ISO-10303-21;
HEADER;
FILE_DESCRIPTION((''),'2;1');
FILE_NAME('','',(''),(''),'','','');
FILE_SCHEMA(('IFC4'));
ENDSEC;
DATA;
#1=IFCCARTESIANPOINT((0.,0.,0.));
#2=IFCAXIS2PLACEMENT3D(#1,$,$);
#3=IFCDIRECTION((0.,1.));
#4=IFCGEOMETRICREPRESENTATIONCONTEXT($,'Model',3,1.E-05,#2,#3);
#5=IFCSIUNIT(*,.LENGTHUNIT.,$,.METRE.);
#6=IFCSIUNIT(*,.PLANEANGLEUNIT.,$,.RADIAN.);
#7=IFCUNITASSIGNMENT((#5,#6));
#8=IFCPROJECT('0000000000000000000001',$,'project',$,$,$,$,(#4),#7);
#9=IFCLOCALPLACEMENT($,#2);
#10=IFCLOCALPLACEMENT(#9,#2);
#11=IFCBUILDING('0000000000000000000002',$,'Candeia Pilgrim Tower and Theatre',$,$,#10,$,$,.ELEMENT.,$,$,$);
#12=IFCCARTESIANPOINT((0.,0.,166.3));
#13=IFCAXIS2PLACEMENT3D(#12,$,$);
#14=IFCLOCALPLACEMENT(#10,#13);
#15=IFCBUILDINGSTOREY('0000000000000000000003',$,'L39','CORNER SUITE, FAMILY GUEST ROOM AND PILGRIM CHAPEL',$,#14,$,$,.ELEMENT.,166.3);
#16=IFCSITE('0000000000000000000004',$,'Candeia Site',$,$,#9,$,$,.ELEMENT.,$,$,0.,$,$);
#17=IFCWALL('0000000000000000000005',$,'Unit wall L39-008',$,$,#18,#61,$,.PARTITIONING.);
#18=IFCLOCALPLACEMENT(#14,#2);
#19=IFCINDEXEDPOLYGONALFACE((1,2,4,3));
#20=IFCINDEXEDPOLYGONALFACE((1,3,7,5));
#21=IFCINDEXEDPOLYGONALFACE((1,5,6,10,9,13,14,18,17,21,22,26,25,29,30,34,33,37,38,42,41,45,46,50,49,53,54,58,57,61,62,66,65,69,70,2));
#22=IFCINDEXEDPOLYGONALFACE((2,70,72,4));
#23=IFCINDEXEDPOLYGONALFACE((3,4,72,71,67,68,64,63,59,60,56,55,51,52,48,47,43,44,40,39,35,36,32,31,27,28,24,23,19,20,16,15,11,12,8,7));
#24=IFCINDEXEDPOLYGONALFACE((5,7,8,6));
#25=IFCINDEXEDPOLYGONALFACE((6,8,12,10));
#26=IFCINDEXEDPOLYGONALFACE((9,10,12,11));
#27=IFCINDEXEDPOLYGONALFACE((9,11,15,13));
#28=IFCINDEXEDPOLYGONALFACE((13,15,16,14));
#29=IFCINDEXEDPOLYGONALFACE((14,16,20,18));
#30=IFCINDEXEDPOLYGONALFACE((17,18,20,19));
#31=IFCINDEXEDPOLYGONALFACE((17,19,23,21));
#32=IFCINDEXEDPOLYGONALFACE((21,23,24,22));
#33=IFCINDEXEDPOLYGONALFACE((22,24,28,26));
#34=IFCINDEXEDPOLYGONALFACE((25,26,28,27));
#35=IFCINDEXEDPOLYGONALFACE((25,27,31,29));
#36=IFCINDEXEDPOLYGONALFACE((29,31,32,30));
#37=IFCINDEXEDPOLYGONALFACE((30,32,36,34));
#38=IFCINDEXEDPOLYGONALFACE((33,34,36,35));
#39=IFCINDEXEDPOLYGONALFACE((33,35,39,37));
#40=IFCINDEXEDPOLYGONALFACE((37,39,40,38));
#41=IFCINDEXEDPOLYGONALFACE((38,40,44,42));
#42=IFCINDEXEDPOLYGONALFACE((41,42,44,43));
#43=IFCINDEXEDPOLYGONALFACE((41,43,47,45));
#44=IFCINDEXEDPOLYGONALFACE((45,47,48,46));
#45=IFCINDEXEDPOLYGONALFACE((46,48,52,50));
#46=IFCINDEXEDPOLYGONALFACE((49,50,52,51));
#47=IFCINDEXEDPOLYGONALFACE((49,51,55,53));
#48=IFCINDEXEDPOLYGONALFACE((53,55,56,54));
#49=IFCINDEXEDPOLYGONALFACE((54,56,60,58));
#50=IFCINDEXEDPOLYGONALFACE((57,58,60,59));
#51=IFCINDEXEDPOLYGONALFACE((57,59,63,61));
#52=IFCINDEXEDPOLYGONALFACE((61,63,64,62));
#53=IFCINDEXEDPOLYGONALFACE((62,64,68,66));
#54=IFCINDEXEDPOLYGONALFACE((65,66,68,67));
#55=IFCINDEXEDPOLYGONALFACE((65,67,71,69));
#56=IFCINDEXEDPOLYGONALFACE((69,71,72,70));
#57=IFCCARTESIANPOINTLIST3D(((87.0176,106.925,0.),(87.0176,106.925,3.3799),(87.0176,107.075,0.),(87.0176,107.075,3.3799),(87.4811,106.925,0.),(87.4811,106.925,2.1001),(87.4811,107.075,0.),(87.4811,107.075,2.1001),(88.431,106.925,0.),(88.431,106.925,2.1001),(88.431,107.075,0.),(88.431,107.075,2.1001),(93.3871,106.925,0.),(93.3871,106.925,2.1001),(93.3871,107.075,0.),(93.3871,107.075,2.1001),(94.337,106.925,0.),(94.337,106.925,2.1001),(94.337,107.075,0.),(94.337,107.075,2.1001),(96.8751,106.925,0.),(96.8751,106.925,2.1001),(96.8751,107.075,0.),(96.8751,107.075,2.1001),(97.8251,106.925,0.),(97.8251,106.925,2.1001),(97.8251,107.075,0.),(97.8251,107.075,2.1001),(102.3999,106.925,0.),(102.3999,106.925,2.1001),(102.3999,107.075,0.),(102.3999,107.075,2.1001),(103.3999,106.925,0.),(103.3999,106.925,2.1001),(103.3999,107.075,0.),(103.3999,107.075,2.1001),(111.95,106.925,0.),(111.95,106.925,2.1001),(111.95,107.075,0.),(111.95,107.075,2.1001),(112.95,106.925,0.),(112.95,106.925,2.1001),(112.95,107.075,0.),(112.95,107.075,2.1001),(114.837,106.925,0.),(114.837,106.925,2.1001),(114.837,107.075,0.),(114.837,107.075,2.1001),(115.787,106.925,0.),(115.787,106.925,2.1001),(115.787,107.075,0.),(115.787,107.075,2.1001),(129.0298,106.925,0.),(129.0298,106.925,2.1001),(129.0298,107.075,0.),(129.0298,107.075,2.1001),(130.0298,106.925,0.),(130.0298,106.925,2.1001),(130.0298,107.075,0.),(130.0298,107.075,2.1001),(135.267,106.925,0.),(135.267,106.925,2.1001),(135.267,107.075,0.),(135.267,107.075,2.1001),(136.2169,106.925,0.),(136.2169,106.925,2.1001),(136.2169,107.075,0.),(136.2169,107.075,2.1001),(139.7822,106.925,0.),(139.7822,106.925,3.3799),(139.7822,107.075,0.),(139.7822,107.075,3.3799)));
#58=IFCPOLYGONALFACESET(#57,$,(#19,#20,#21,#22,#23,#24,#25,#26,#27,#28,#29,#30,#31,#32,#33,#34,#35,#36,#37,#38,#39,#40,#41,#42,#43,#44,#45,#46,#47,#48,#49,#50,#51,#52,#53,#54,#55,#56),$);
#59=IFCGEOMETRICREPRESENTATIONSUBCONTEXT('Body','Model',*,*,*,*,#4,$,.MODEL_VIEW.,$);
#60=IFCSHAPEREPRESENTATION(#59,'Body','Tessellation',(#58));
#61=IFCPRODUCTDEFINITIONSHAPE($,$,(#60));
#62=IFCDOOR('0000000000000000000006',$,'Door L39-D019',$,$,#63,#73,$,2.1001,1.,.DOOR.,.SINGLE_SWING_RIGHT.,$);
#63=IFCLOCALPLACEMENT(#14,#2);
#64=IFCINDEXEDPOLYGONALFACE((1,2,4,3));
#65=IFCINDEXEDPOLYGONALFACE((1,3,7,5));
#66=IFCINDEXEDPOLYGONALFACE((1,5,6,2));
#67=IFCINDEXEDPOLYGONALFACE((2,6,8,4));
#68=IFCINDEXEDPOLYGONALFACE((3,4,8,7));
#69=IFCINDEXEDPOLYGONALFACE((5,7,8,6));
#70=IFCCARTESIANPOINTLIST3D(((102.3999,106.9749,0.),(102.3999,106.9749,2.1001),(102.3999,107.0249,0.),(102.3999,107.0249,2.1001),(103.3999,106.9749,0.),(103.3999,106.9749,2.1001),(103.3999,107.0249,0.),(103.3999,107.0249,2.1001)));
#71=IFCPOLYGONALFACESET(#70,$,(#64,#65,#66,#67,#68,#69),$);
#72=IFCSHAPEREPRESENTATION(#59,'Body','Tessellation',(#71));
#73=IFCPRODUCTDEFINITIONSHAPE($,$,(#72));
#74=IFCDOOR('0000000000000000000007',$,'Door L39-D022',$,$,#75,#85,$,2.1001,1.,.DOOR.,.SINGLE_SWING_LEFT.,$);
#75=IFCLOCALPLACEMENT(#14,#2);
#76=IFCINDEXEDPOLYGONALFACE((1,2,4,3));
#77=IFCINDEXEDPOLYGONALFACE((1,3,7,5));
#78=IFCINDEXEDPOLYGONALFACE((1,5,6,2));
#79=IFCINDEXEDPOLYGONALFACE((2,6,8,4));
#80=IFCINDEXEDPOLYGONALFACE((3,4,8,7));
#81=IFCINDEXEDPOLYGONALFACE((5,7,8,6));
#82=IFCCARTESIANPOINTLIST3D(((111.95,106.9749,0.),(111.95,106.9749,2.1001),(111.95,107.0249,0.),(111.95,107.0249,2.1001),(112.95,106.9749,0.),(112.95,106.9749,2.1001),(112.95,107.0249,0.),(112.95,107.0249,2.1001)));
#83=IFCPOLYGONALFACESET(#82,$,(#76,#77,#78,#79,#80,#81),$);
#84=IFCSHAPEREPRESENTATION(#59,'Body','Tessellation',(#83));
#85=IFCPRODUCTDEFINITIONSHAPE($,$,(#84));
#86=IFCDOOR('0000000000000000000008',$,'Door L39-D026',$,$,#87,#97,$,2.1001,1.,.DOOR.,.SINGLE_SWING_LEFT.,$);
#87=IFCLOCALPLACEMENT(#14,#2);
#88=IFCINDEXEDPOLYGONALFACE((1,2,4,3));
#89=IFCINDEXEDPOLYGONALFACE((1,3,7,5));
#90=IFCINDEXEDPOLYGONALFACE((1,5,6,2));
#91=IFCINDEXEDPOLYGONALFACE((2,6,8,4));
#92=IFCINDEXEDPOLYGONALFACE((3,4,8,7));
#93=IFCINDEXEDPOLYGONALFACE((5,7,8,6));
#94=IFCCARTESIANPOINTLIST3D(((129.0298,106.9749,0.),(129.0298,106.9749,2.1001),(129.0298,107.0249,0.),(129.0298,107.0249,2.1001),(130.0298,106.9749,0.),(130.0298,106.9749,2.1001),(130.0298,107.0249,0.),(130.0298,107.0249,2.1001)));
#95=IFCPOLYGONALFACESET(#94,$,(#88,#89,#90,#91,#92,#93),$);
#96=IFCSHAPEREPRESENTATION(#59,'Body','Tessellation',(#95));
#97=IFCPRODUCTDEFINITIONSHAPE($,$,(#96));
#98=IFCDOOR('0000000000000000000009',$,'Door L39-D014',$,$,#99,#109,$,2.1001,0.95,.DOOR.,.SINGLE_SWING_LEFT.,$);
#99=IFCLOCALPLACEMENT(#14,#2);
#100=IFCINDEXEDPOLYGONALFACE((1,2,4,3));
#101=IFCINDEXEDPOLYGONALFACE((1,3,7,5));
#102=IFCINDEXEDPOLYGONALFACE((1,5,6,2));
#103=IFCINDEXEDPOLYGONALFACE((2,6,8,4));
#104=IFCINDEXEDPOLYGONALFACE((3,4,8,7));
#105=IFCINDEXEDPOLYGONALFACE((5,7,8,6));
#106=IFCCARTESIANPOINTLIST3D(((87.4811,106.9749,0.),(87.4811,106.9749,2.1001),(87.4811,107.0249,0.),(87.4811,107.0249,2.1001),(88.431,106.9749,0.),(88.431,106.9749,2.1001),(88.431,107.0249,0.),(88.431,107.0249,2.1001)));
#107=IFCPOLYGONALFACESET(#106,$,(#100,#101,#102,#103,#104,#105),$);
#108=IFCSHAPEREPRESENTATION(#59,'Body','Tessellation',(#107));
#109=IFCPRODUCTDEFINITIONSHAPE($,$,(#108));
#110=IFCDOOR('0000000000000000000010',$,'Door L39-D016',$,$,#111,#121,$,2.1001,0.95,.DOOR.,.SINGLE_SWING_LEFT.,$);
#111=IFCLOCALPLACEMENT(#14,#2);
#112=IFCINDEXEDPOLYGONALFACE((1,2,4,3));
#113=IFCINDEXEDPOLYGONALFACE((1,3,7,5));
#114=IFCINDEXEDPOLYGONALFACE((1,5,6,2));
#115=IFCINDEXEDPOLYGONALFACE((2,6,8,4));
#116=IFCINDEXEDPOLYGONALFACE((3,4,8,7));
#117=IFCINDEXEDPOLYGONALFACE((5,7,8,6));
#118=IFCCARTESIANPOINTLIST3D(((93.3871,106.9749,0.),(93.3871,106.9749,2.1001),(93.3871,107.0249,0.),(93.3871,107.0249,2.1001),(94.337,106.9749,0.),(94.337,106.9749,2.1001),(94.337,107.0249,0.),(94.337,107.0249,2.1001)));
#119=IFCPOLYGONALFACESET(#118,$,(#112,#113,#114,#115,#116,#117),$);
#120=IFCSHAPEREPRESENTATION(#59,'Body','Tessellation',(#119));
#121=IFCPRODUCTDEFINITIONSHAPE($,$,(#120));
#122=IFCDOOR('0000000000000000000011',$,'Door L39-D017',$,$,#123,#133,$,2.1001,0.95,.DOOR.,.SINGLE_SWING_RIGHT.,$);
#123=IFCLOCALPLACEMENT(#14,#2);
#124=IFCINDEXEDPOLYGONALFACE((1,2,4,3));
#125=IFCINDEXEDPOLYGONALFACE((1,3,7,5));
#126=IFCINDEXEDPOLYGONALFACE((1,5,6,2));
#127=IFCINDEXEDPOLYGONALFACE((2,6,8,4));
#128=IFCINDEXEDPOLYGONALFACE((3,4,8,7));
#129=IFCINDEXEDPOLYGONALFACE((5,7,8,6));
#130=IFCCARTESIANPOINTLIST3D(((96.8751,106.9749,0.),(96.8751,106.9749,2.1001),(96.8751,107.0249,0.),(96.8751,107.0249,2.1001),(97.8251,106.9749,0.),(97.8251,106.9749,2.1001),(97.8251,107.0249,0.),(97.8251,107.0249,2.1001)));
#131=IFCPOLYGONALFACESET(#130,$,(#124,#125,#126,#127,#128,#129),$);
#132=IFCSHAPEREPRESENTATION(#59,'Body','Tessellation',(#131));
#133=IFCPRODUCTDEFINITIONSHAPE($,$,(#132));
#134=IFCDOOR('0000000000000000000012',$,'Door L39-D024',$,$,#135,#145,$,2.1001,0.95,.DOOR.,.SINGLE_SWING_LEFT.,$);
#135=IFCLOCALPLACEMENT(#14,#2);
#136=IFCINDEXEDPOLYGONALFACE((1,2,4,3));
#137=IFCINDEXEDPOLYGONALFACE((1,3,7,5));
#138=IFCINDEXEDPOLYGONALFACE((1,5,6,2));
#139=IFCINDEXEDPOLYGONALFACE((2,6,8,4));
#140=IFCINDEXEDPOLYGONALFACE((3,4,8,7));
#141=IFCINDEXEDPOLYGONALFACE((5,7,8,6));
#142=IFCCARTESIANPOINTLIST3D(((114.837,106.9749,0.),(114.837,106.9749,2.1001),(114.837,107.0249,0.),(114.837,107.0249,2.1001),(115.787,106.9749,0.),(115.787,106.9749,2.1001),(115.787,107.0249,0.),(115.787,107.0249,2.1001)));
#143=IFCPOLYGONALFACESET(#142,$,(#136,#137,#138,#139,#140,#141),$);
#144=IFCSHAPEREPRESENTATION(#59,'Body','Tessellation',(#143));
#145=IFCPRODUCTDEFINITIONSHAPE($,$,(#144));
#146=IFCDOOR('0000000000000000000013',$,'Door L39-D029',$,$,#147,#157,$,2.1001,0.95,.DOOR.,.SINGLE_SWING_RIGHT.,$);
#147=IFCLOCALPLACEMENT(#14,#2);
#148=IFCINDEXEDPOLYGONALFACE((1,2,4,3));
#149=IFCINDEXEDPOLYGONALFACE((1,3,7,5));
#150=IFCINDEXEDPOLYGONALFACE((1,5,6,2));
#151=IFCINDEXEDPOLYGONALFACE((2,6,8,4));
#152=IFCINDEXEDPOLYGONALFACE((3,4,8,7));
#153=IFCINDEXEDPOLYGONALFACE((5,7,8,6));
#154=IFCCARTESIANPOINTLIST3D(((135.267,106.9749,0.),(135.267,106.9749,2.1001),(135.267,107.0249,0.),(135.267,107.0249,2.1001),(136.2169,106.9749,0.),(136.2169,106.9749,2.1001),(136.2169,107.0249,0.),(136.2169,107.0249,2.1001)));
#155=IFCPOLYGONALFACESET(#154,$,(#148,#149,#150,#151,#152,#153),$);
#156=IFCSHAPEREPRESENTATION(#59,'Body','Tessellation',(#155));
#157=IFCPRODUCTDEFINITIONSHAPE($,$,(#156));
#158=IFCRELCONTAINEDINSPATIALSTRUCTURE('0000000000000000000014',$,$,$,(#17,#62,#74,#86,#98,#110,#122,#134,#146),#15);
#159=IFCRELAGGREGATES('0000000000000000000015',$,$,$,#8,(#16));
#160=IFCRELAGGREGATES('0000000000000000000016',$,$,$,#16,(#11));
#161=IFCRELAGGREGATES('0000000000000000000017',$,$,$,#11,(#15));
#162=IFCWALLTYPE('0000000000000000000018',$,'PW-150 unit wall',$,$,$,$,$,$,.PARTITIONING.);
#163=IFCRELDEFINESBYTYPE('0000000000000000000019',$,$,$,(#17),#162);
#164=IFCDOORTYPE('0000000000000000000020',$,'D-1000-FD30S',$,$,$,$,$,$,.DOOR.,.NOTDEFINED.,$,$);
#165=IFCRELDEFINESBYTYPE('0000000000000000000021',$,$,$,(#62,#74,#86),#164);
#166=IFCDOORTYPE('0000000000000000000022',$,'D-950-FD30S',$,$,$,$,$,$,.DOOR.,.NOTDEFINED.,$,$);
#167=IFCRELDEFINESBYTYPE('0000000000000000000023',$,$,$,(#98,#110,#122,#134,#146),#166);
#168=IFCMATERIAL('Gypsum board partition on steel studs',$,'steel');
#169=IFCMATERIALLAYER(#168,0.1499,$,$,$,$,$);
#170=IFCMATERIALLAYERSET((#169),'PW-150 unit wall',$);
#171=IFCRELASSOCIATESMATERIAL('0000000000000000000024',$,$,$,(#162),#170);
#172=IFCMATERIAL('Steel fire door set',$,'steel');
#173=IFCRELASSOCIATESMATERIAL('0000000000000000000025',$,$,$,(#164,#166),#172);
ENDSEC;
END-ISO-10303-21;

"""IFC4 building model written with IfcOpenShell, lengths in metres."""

from ifc_helpers import new_model, si_unit, direction, frame, frame_2d, origin, place, context, subcontext, project, spatial, rectangle, extrude, material, layer, layer_set, type_object, element, fill, save


model = new_model("IFC4")

# Units and contexts
model_context = context("Model", 3, precision=1e-05, world=origin(), true_north=direction((0.0, 1.0)))
body_context = subcontext(model_context, "Body", "Model", "MODEL_VIEW")
ifc_project = project(units=[si_unit("LENGTHUNIT", "METRE"), si_unit("PLANEANGLEUNIT", "RADIAN")], contexts=[model_context])

# Site, building, storey
site_placement = place(None, origin())
site = spatial("IfcSite", under=ifc_project, at=site_placement, Name="Candeia Site", CompositionType="ELEMENT", RefElevation=0.0)
building_placement = place(site_placement, origin())
building = spatial("IfcBuilding", under=site, at=building_placement, Name="Candeia Pilgrim Tower and Theatre", CompositionType="ELEMENT")
storey_placement = place(building_placement, frame((0.0, 0.0, 166.3)))
storey = spatial("IfcBuildingStorey", under=building, at=storey_placement, Name="L39", Description="CORNER SUITE, FAMILY GUEST ROOM AND PILGRIM CHAPEL", CompositionType="ELEMENT", Elevation=166.3)

# Shared definitions
ifc_material_1 = material(Name="Gypsum board partition on steel studs", Category="steel")

# Wall, openings, doors
ifc_layer_1 = layer(ifc_material_1, 0.1499)
ifc_layer_set_1 = layer_set([ifc_layer_1], Name="PW-150 unit wall")
wall_type_1 = type_object("IfcWallType", Name="PW-150 unit wall", PredefinedType="PARTITIONING", material=ifc_layer_set_1)
wall_1_placement = place(storey_placement, frame((87.0176, 107.0, 0.0), z_axis=(0.0, 0.0, 1.0), x_axis=(1.0, 0.0, 0.0)))
wall_1 = element("IfcWall", 1, at=wall_1_placement, inside=storey, type_object=wall_type_1, Name="Unit wall L39-008", PredefinedType="PARTITIONING", context=body_context, shape_type="SweptSolid", body=[
    extrude(rectangle(XDim=52.7646, YDim=0.1499, at=frame_2d((26.3823, 0.0))), origin(), (0.0, 0.0, 1.0), 3.3799),
])
opening_1_placement = place(wall_1_placement, frame((0.4634, 0.0, 0.0)))
opening_1 = element("IfcOpeningElement", 2, at=opening_1_placement, cuts=wall_1, PredefinedType="OPENING", context=body_context, shape_type="SweptSolid", body=[
    extrude(rectangle(XDim=0.95, YDim=2.1001, at=frame_2d((0.4751, 1.05))), frame((0.0, 0.085, 0.0), z_axis=(0.0, -1.0, 0.0), x_axis=(1.0, 0.0, 0.0)), (0.0, 0.0, 1.0), 0.1699),
])
opening_2_placement = place(wall_1_placement, frame((6.3694, 0.0, 0.0)))
opening_2 = element("IfcOpeningElement", 3, at=opening_2_placement, cuts=wall_1, PredefinedType="OPENING", context=body_context, shape_type="SweptSolid", body=[
    extrude(rectangle(XDim=0.95, YDim=2.1001, at=frame_2d((0.4751, 1.05))), frame((0.0, 0.085, 0.0), z_axis=(0.0, -1.0, 0.0), x_axis=(1.0, 0.0, 0.0)), (0.0, 0.0, 1.0), 0.1699),
])
opening_3_placement = place(wall_1_placement, frame((9.8574, 0.0, 0.0)))
opening_3 = element("IfcOpeningElement", 4, at=opening_3_placement, cuts=wall_1, PredefinedType="OPENING", context=body_context, shape_type="SweptSolid", body=[
    extrude(rectangle(XDim=0.95, YDim=2.1001, at=frame_2d((0.4751, 1.05))), frame((0.0, 0.085, 0.0), z_axis=(0.0, -1.0, 0.0), x_axis=(1.0, 0.0, 0.0)), (0.0, 0.0, 1.0), 0.1699),
])
opening_4_placement = place(wall_1_placement, frame((15.3823, 0.0, 0.0)))
opening_4 = element("IfcOpeningElement", 5, at=opening_4_placement, cuts=wall_1, PredefinedType="OPENING", context=body_context, shape_type="SweptSolid", body=[
    extrude(rectangle(XDim=1.0, YDim=2.1001, at=frame_2d((0.5, 1.05))), frame((0.0, 0.085, 0.0), z_axis=(0.0, -1.0, 0.0), x_axis=(1.0, 0.0, 0.0)), (0.0, 0.0, 1.0), 0.1699),
])
opening_5_placement = place(wall_1_placement, frame((24.9324, 0.0, 0.0)))
opening_5 = element("IfcOpeningElement", 6, at=opening_5_placement, cuts=wall_1, PredefinedType="OPENING", context=body_context, shape_type="SweptSolid", body=[
    extrude(rectangle(XDim=1.0, YDim=2.1001, at=frame_2d((0.5, 1.05))), frame((0.0, 0.085, 0.0), z_axis=(0.0, -1.0, 0.0), x_axis=(1.0, 0.0, 0.0)), (0.0, 0.0, 1.0), 0.1699),
])
opening_6_placement = place(wall_1_placement, frame((27.8193, 0.0, 0.0)))
opening_6 = element("IfcOpeningElement", 7, at=opening_6_placement, cuts=wall_1, PredefinedType="OPENING", context=body_context, shape_type="SweptSolid", body=[
    extrude(rectangle(XDim=0.95, YDim=2.1001, at=frame_2d((0.4751, 1.05))), frame((0.0, 0.085, 0.0), z_axis=(0.0, -1.0, 0.0), x_axis=(1.0, 0.0, 0.0)), (0.0, 0.0, 1.0), 0.1699),
])
opening_7_placement = place(wall_1_placement, frame((42.0122, 0.0, 0.0)))
opening_7 = element("IfcOpeningElement", 8, at=opening_7_placement, cuts=wall_1, PredefinedType="OPENING", context=body_context, shape_type="SweptSolid", body=[
    extrude(rectangle(XDim=1.0, YDim=2.1001, at=frame_2d((0.5, 1.05))), frame((0.0, 0.085, 0.0), z_axis=(0.0, -1.0, 0.0), x_axis=(1.0, 0.0, 0.0)), (0.0, 0.0, 1.0), 0.1699),
])
opening_8_placement = place(wall_1_placement, frame((48.2493, 0.0, 0.0)))
opening_8 = element("IfcOpeningElement", 9, at=opening_8_placement, cuts=wall_1, PredefinedType="OPENING", context=body_context, shape_type="SweptSolid", body=[
    extrude(rectangle(XDim=0.95, YDim=2.1001, at=frame_2d((0.4751, 1.05))), frame((0.0, 0.085, 0.0), z_axis=(0.0, -1.0, 0.0), x_axis=(1.0, 0.0, 0.0)), (0.0, 0.0, 1.0), 0.1699),
])
ifc_material_2 = material(Name="Steel fire door set", Category="steel")
door_type_1 = type_object("IfcDoorType", Name="D-1000-FD30S", OperationType="NOTDEFINED", PredefinedType="DOOR", material=ifc_material_2)
door_1_placement = place(opening_4_placement, origin())
door_1 = element("IfcDoor", 10, at=door_1_placement, inside=storey, type_object=door_type_1, Name="Door L39-D019", OperationType="SINGLE_SWING_RIGHT", OverallHeight=2.1001, OverallWidth=1.0, PredefinedType="DOOR", context=body_context, shape_type="SweptSolid", body=[
    extrude(rectangle(XDim=1.0, YDim=2.1001, at=frame_2d((0.5, 1.05))), frame((0.0, 0.0249, 0.0), z_axis=(0.0, -1.0, 0.0), x_axis=(1.0, 0.0, 0.0)), (0.0, 0.0, 1.0), 0.05),
])
fill(opening_4, door_1)
door_2_placement = place(opening_5_placement, origin())
door_2 = element("IfcDoor", 11, at=door_2_placement, inside=storey, type_object=door_type_1, Name="Door L39-D022", OperationType="SINGLE_SWING_LEFT", OverallHeight=2.1001, OverallWidth=1.0, PredefinedType="DOOR", context=body_context, shape_type="SweptSolid", body=[
    extrude(rectangle(XDim=1.0, YDim=2.1001, at=frame_2d((0.5, 1.05))), frame((0.0, 0.0249, 0.0), z_axis=(0.0, -1.0, 0.0), x_axis=(1.0, 0.0, 0.0)), (0.0, 0.0, 1.0), 0.05),
])
fill(opening_5, door_2)
door_3_placement = place(opening_7_placement, origin())
door_3 = element("IfcDoor", 12, at=door_3_placement, inside=storey, type_object=door_type_1, Name="Door L39-D026", OperationType="SINGLE_SWING_LEFT", OverallHeight=2.1001, OverallWidth=1.0, PredefinedType="DOOR", context=body_context, shape_type="SweptSolid", body=[
    extrude(rectangle(XDim=1.0, YDim=2.1001, at=frame_2d((0.5, 1.05))), frame((0.0, 0.0249, 0.0), z_axis=(0.0, -1.0, 0.0), x_axis=(1.0, 0.0, 0.0)), (0.0, 0.0, 1.0), 0.05),
])
fill(opening_7, door_3)
door_type_2 = type_object("IfcDoorType", Name="D-950-FD30S", OperationType="NOTDEFINED", PredefinedType="DOOR", material=ifc_material_2)
door_4_placement = place(opening_1_placement, origin())
door_4 = element("IfcDoor", 13, at=door_4_placement, inside=storey, type_object=door_type_2, Name="Door L39-D014", OperationType="SINGLE_SWING_LEFT", OverallHeight=2.1001, OverallWidth=0.95, PredefinedType="DOOR", context=body_context, shape_type="SweptSolid", body=[
    extrude(rectangle(XDim=0.95, YDim=2.1001, at=frame_2d((0.4751, 1.05))), frame((0.0, 0.0249, 0.0), z_axis=(0.0, -1.0, 0.0), x_axis=(1.0, 0.0, 0.0)), (0.0, 0.0, 1.0), 0.05),
])
fill(opening_1, door_4)
door_5_placement = place(opening_2_placement, origin())
door_5 = element("IfcDoor", 14, at=door_5_placement, inside=storey, type_object=door_type_2, Name="Door L39-D016", OperationType="SINGLE_SWING_LEFT", OverallHeight=2.1001, OverallWidth=0.95, PredefinedType="DOOR", context=body_context, shape_type="SweptSolid", body=[
    extrude(rectangle(XDim=0.95, YDim=2.1001, at=frame_2d((0.4751, 1.05))), frame((0.0, 0.0249, 0.0), z_axis=(0.0, -1.0, 0.0), x_axis=(1.0, 0.0, 0.0)), (0.0, 0.0, 1.0), 0.05),
])
fill(opening_2, door_5)
door_6_placement = place(opening_3_placement, origin())
door_6 = element("IfcDoor", 15, at=door_6_placement, inside=storey, type_object=door_type_2, Name="Door L39-D017", OperationType="SINGLE_SWING_RIGHT", OverallHeight=2.1001, OverallWidth=0.95, PredefinedType="DOOR", context=body_context, shape_type="SweptSolid", body=[
    extrude(rectangle(XDim=0.95, YDim=2.1001, at=frame_2d((0.4751, 1.05))), frame((0.0, 0.0249, 0.0), z_axis=(0.0, -1.0, 0.0), x_axis=(1.0, 0.0, 0.0)), (0.0, 0.0, 1.0), 0.05),
])
fill(opening_3, door_6)
door_7_placement = place(opening_6_placement, origin())
door_7 = element("IfcDoor", 16, at=door_7_placement, inside=storey, type_object=door_type_2, Name="Door L39-D024", OperationType="SINGLE_SWING_LEFT", OverallHeight=2.1001, OverallWidth=0.95, PredefinedType="DOOR", context=body_context, shape_type="SweptSolid", body=[
    extrude(rectangle(XDim=0.95, YDim=2.1001, at=frame_2d((0.4751, 1.05))), frame((0.0, 0.0249, 0.0), z_axis=(0.0, -1.0, 0.0), x_axis=(1.0, 0.0, 0.0)), (0.0, 0.0, 1.0), 0.05),
])
fill(opening_6, door_7)
door_8_placement = place(opening_8_placement, origin())
door_8 = element("IfcDoor", 17, at=door_8_placement, inside=storey, type_object=door_type_2, Name="Door L39-D029", OperationType="SINGLE_SWING_RIGHT", OverallHeight=2.1001, OverallWidth=0.95, PredefinedType="DOOR", context=body_context, shape_type="SweptSolid", body=[
    extrude(rectangle(XDim=0.95, YDim=2.1001, at=frame_2d((0.4751, 1.05))), frame((0.0, 0.0249, 0.0), z_axis=(0.0, -1.0, 0.0), x_axis=(1.0, 0.0, 0.0)), (0.0, 0.0, 1.0), 0.05),
])
fill(opening_8, door_8)

save(model, "model.ifc")
